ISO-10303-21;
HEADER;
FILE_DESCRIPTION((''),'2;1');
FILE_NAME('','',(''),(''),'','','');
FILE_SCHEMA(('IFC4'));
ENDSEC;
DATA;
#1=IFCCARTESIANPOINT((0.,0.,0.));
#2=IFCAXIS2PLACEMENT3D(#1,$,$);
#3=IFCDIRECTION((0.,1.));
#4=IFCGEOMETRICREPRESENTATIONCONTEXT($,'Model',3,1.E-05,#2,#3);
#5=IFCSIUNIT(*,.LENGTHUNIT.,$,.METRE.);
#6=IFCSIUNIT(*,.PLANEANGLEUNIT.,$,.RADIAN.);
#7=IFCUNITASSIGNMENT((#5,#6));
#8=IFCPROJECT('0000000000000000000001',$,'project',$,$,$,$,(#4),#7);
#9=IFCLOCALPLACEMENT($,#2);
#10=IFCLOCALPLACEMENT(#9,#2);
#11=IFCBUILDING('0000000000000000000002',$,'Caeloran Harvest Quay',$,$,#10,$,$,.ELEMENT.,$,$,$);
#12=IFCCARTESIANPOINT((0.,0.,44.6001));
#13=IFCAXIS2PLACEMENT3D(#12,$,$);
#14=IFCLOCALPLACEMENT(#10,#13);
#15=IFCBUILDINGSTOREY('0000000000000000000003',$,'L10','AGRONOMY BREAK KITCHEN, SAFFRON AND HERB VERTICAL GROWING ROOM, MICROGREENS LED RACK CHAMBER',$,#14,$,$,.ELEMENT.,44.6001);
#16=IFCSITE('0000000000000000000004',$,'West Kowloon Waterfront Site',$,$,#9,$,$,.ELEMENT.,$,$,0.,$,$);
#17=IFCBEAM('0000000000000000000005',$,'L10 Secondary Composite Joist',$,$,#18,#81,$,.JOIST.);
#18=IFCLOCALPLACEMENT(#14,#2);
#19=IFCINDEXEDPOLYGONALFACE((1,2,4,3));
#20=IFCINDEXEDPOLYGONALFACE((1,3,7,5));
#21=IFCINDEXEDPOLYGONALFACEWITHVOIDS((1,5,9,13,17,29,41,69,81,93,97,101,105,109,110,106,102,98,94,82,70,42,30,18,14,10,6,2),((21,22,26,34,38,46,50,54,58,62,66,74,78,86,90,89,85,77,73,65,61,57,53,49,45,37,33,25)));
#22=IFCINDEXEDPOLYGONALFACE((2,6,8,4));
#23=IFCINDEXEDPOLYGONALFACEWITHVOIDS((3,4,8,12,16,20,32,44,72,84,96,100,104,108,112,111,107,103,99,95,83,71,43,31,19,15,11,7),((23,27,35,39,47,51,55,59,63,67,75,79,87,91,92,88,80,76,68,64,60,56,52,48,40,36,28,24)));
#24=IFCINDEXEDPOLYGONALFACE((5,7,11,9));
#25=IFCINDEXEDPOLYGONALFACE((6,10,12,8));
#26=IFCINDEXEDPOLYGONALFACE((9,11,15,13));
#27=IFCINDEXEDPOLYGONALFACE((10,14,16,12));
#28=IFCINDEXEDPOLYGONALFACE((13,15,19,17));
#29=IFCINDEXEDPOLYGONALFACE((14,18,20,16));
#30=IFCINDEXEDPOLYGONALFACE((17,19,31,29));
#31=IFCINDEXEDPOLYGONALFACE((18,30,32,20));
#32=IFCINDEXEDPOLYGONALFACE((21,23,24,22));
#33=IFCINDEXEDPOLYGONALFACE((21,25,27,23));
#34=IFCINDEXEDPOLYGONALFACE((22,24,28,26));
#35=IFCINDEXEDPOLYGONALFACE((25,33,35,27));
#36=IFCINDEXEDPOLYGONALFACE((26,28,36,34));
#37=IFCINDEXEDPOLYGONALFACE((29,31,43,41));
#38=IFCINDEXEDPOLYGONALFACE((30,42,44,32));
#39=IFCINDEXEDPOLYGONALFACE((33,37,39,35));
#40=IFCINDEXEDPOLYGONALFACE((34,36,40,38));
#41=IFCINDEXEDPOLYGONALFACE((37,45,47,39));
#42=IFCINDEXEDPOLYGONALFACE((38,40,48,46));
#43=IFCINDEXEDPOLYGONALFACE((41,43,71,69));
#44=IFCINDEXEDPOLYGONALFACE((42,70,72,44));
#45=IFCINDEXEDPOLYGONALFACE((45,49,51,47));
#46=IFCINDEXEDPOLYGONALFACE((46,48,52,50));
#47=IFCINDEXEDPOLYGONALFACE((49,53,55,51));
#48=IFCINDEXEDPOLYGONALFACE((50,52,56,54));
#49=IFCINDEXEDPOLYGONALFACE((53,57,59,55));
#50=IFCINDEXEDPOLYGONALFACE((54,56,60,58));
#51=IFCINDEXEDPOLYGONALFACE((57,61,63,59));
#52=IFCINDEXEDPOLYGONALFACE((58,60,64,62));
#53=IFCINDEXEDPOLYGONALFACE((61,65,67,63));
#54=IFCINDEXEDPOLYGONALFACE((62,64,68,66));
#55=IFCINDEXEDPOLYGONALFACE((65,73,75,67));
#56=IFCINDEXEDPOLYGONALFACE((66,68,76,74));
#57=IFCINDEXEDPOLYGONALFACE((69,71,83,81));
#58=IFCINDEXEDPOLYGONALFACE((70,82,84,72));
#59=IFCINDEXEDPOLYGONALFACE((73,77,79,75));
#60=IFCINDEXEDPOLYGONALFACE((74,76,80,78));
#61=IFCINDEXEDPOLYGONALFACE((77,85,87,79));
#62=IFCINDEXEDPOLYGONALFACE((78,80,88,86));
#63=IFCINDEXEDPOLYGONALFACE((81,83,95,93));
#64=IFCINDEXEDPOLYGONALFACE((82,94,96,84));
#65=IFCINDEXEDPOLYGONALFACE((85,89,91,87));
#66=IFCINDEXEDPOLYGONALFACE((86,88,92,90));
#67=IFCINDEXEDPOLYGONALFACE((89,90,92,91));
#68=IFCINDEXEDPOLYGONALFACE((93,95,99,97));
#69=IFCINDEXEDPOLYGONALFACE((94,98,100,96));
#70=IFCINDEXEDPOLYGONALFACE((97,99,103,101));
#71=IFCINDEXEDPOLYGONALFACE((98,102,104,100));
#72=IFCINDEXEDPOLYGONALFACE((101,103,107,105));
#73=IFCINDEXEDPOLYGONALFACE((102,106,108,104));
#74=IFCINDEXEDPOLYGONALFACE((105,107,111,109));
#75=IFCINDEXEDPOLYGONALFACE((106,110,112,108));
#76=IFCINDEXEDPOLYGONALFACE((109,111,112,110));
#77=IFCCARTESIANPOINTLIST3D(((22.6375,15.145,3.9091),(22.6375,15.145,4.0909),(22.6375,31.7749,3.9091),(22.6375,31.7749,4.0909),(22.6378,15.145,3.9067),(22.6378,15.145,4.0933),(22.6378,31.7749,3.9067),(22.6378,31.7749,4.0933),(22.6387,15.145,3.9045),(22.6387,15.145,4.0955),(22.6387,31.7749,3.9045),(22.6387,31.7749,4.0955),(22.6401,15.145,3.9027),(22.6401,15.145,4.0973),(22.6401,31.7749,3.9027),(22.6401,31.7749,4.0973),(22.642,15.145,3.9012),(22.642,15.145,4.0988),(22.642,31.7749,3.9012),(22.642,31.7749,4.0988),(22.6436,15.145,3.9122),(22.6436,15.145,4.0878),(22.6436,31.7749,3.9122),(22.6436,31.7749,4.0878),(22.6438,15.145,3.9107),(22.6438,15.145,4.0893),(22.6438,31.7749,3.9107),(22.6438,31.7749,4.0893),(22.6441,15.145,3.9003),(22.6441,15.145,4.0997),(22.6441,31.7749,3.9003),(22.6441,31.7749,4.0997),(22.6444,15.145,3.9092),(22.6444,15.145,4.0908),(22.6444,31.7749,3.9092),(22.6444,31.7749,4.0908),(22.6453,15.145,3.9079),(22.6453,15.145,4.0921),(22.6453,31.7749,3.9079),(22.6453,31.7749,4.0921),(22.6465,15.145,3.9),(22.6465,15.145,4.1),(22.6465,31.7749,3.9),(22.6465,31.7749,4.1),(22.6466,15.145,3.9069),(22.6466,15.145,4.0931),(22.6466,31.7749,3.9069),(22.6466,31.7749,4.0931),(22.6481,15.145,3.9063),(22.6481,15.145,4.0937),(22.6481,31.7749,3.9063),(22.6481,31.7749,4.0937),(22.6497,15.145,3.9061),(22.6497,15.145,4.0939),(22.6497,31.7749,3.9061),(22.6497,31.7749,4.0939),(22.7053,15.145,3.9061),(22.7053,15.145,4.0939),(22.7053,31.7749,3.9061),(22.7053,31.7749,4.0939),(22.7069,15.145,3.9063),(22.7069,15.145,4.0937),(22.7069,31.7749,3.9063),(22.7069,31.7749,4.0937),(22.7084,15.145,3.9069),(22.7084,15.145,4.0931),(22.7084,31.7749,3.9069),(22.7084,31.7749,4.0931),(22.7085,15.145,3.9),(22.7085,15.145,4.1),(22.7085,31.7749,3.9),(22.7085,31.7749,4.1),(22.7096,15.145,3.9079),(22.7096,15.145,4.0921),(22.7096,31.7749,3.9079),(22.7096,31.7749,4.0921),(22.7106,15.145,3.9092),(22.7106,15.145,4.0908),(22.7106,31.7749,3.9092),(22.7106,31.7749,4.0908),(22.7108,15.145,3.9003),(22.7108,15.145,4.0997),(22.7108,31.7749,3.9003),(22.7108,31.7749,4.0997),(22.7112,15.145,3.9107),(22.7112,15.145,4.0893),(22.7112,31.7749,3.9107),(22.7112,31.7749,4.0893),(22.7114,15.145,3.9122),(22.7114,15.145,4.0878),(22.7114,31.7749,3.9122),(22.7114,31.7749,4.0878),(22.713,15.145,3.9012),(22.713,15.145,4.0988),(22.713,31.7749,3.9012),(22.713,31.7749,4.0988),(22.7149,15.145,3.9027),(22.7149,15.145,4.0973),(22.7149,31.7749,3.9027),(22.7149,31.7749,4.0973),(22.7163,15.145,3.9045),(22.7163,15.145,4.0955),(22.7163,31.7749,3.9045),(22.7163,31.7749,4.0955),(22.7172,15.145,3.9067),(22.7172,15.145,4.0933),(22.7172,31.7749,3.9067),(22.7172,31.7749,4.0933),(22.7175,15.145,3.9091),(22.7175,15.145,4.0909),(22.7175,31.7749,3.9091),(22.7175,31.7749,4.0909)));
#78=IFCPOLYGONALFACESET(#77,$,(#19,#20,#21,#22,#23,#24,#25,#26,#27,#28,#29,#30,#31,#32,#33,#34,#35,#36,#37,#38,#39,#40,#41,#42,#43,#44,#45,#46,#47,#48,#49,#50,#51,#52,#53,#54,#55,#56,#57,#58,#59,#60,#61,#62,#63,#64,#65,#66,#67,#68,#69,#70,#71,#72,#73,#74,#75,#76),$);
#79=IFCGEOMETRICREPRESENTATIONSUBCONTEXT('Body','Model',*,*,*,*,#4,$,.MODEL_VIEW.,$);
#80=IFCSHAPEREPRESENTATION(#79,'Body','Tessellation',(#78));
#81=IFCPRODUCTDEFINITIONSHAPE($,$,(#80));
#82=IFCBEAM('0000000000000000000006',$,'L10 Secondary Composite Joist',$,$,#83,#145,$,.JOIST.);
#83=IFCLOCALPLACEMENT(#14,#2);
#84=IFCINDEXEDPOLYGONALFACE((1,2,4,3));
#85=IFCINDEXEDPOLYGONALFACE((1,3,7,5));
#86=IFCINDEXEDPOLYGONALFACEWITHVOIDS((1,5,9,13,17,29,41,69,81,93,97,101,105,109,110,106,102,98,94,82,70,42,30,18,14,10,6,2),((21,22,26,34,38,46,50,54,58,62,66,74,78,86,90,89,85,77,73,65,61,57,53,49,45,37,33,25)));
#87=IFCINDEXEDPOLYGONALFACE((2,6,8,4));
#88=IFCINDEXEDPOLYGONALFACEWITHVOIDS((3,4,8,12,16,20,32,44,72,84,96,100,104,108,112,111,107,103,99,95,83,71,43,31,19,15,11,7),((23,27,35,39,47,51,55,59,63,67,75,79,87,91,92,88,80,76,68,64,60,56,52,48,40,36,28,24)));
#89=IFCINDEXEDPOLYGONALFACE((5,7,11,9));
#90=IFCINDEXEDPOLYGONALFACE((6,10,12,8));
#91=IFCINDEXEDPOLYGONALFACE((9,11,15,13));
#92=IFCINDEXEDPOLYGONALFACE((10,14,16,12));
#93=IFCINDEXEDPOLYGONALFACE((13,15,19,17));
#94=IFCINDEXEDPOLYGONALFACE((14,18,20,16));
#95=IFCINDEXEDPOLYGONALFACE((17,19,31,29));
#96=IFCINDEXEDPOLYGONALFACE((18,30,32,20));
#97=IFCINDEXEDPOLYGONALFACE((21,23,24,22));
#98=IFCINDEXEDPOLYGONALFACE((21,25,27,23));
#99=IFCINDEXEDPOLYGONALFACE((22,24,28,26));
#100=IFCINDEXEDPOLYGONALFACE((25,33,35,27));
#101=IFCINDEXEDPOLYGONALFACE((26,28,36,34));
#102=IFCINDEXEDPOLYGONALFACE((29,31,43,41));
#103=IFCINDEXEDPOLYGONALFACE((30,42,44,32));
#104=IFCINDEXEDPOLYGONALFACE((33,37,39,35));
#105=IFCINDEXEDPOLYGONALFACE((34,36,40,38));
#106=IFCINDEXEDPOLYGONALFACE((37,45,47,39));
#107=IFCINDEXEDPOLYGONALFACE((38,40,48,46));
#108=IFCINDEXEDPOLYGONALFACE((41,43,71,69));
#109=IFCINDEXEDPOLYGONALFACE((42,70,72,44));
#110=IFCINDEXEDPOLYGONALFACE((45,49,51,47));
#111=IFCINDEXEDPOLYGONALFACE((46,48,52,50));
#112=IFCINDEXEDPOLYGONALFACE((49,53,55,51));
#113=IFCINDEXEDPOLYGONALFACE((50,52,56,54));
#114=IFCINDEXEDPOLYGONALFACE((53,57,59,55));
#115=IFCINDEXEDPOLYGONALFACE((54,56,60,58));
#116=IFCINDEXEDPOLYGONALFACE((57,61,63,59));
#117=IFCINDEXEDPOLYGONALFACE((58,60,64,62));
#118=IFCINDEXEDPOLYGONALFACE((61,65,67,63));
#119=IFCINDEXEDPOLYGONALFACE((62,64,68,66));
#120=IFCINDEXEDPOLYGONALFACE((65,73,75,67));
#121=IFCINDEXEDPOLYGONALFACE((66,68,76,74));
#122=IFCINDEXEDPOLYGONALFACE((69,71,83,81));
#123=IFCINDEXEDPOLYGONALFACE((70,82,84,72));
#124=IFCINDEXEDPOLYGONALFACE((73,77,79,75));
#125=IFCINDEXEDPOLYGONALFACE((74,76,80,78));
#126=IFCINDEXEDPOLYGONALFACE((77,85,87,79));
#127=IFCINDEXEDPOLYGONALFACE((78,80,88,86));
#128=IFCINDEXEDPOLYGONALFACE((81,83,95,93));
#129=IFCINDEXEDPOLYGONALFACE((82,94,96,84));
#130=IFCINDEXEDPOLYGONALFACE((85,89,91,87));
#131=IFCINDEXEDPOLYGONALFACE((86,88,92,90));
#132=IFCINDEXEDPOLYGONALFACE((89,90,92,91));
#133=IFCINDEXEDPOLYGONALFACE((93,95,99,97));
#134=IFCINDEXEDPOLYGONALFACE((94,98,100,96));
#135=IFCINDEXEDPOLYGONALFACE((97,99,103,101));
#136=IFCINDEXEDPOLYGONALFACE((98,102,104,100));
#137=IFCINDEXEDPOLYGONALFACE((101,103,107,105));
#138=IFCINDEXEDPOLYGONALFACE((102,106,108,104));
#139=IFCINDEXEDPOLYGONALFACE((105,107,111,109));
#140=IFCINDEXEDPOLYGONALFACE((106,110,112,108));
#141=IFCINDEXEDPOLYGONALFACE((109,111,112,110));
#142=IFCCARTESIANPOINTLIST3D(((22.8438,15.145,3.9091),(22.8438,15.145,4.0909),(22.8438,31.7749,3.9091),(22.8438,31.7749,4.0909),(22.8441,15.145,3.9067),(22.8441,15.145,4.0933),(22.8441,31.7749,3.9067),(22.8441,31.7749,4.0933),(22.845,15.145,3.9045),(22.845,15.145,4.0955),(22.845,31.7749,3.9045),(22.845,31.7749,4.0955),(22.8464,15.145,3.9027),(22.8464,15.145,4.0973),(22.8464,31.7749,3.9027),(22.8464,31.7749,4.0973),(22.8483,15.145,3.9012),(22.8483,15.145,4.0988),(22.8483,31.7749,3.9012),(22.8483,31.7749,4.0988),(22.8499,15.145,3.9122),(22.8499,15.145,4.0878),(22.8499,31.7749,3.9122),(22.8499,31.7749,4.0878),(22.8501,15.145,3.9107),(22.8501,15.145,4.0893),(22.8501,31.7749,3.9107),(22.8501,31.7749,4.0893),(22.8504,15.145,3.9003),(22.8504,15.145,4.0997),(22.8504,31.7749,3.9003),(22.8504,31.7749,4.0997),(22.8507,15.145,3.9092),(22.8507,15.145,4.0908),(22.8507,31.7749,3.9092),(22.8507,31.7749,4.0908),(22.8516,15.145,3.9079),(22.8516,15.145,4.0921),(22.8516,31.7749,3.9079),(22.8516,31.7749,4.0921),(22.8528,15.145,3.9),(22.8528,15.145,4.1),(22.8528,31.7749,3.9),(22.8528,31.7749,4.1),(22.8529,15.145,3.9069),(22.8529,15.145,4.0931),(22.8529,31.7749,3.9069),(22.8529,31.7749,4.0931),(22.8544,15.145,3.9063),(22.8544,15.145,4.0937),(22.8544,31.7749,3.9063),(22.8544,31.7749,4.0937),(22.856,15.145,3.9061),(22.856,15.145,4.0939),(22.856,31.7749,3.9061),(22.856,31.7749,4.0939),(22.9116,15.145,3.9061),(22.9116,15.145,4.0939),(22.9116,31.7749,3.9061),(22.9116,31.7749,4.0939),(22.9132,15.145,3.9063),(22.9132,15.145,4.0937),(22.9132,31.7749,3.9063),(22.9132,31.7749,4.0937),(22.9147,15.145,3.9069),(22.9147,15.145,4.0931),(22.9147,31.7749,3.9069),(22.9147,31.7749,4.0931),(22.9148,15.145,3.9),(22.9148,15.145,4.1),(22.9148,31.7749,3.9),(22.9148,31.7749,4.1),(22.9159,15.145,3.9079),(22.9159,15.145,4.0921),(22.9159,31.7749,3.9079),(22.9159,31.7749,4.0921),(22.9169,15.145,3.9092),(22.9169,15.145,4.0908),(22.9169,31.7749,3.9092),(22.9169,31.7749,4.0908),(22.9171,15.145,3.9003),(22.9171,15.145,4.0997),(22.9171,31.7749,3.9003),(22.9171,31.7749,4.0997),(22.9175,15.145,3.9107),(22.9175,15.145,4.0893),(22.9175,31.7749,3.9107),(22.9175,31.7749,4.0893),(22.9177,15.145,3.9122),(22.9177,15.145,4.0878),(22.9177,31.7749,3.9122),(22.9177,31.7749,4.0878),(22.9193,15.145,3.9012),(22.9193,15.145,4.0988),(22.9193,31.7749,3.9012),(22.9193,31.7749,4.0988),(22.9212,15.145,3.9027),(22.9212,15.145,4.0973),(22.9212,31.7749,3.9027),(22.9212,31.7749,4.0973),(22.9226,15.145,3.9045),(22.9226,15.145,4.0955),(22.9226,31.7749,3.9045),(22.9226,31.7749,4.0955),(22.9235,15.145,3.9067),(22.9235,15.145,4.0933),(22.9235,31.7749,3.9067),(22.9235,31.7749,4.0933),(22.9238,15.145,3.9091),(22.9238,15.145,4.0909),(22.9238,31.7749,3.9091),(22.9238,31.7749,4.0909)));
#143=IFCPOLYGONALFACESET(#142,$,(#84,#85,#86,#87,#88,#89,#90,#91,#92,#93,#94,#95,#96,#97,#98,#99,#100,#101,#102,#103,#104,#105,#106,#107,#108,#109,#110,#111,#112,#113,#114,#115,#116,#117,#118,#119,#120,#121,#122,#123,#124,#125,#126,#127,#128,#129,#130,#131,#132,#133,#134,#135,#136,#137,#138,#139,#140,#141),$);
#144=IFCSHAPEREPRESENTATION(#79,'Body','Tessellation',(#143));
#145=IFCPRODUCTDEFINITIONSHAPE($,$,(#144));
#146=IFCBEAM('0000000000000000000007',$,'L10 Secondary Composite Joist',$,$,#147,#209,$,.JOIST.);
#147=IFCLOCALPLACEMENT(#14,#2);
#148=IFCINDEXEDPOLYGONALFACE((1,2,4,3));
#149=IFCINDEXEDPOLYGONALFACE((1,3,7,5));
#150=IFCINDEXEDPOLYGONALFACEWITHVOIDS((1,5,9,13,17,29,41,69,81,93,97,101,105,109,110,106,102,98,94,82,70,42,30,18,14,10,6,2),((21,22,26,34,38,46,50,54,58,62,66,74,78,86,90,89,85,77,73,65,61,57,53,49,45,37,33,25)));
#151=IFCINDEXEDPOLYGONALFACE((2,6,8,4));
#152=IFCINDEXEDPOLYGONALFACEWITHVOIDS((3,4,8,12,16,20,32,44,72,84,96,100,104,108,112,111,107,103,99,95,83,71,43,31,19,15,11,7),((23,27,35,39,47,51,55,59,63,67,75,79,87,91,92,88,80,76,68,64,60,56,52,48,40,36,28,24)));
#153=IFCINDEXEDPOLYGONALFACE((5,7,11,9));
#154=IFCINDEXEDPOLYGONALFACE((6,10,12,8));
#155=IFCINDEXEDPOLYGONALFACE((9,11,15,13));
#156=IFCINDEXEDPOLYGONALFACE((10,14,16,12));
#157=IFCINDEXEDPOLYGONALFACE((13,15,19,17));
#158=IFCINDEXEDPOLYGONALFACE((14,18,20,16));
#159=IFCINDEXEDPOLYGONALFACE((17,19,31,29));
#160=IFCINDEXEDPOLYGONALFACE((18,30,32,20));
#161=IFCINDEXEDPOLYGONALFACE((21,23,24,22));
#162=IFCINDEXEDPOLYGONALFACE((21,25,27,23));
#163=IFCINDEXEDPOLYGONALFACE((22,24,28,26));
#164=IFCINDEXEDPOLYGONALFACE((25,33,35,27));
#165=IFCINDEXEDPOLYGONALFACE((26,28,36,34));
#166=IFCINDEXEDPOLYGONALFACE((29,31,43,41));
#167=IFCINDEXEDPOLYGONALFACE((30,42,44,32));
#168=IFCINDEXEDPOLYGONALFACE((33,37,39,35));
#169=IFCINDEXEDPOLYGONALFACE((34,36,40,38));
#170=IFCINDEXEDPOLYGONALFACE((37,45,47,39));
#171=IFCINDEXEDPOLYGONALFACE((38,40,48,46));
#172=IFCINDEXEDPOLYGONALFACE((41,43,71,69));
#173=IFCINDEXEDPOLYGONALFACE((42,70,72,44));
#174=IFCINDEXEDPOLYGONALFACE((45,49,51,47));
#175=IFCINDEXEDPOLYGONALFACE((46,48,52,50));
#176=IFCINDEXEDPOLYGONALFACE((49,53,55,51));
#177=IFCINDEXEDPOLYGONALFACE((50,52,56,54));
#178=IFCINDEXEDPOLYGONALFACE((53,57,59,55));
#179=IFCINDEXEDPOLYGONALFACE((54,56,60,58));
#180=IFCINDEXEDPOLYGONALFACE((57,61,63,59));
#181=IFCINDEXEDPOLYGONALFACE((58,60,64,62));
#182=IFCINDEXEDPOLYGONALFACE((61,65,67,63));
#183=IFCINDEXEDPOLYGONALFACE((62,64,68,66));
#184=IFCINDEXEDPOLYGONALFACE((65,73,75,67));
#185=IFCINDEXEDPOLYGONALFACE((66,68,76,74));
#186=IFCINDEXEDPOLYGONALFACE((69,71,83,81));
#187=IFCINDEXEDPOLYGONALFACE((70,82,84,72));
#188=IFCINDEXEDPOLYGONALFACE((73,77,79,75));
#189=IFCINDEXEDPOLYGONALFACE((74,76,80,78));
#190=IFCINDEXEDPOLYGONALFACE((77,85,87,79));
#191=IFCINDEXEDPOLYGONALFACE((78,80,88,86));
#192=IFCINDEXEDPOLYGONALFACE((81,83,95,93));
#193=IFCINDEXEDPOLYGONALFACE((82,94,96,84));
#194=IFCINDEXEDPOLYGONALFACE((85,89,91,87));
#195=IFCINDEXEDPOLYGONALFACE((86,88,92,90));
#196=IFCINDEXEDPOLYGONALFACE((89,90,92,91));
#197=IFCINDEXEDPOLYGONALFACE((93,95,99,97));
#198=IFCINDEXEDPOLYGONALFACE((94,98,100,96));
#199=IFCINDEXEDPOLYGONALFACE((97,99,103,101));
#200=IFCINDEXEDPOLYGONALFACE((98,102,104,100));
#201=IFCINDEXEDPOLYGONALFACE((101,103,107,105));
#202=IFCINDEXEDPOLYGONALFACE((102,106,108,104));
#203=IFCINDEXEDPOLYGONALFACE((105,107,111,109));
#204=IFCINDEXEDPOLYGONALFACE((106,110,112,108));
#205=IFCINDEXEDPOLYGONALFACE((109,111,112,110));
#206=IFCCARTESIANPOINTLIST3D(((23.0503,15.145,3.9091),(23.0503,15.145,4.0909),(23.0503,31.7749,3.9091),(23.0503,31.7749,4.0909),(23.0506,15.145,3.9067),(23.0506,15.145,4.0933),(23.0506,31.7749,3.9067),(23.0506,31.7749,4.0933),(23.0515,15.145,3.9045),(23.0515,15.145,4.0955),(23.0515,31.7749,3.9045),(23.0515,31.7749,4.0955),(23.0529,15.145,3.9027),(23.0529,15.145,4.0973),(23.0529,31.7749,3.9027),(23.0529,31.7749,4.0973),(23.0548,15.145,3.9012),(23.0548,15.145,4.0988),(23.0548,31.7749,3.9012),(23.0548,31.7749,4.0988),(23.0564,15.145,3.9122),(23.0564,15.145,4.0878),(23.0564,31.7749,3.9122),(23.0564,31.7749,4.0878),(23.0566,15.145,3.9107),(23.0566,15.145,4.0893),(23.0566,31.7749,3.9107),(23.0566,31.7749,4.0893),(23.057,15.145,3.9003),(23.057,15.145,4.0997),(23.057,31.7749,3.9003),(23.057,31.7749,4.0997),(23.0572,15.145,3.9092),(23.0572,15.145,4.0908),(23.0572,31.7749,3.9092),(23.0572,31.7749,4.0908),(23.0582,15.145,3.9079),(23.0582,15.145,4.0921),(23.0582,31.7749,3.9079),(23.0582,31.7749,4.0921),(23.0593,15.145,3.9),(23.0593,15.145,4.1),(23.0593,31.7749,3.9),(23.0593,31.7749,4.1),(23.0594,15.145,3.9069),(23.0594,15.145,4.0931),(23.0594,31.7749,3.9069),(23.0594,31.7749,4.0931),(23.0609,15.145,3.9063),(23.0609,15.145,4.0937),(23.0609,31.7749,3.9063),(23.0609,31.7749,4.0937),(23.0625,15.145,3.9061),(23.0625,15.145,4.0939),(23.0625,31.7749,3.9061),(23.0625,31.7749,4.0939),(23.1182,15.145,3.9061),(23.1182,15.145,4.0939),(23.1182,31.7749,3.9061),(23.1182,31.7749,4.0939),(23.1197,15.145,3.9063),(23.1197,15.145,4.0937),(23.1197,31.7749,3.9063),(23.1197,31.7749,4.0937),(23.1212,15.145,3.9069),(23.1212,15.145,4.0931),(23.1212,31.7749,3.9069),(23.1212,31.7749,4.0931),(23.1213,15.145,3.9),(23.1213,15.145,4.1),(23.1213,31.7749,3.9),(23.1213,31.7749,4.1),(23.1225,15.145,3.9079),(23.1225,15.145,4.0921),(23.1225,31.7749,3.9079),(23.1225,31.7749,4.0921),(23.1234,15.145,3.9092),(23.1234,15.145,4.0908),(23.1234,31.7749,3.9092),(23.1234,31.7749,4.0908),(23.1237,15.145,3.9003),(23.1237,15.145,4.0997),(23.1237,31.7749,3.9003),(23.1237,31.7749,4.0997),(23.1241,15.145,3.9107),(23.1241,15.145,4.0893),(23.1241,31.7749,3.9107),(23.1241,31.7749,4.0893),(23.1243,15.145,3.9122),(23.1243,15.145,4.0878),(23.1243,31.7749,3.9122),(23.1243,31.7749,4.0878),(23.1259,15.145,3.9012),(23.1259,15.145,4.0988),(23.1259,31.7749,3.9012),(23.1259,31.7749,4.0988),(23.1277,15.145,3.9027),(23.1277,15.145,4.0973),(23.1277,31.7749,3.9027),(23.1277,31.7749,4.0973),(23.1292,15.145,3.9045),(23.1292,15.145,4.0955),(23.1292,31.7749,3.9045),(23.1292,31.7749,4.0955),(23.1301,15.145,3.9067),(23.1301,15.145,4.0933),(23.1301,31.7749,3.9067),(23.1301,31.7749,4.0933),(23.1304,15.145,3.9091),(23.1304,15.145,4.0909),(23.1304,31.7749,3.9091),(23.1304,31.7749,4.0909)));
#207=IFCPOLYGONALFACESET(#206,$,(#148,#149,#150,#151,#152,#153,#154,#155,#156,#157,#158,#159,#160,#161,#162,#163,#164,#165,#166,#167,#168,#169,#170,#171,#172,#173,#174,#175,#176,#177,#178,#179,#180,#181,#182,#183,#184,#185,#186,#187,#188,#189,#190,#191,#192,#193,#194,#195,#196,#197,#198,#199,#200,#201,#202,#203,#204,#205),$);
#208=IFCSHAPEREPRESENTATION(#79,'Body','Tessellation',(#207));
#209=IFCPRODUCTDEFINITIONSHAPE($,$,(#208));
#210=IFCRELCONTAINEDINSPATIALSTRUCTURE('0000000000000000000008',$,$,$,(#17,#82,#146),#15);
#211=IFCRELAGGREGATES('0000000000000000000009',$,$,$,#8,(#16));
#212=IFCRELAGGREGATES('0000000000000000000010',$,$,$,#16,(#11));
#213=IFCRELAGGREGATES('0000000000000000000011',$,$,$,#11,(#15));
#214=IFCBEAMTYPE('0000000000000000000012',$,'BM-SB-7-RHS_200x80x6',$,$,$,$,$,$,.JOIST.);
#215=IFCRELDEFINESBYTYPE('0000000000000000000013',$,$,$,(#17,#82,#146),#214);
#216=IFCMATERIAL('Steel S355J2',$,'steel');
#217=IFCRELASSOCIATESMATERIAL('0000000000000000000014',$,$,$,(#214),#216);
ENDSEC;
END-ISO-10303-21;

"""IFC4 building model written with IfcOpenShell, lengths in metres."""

from ifc_helpers import new_model, si_unit, direction, frame, origin, origin_2d, place, context, subcontext, project, spatial, hollow_rectangle, extrude, material, material_profile, profile_set, type_object, element, save


model = new_model("IFC4")

# Units and contexts
model_context = context("Model", 3, precision=1e-05, world=origin(), true_north=direction((0.0, 1.0)))
body_context = subcontext(model_context, "Body", "Model", "MODEL_VIEW")
ifc_project = project(units=[si_unit("LENGTHUNIT", "METRE"), si_unit("PLANEANGLEUNIT", "RADIAN")], contexts=[model_context])

# Site, building, storey
site_placement = place(None, origin())
site = spatial("IfcSite", under=ifc_project, at=site_placement, Name="West Kowloon Waterfront Site", CompositionType="ELEMENT", RefElevation=0.0)
building_placement = place(site_placement, origin())
building = spatial("IfcBuilding", under=site, at=building_placement, Name="Caeloran Harvest Quay", CompositionType="ELEMENT")
storey_placement = place(building_placement, frame((0.0, 0.0, 44.6001)))
storey = spatial("IfcBuildingStorey", under=building, at=storey_placement, Name="L10", Description="AGRONOMY BREAK KITCHEN, SAFFRON AND HERB VERTICAL GROWING ROOM, MICROGREENS LED RACK CHAMBER", CompositionType="ELEMENT", Elevation=44.6001)

# Beams
ifc_material_1 = material(Name="Steel S355J2", Category="steel")
ifc_material_profile_1 = material_profile(ifc_material_1, hollow_rectangle(XDim=0.0801, YDim=0.2, WallThickness=0.0061, InnerFilletRadius=0.0061, OuterFilletRadius=0.009, at=origin_2d()), Name="RHS 200x80x6")
ifc_profile_set_1 = profile_set([ifc_material_profile_1], Name="Steel S355J2")
beam_type_1 = type_object("IfcBeamType", Name="BM-SB-7-RHS_200x80x6", PredefinedType="JOIST", material=ifc_profile_set_1)
for number, where, z_axis, x_axis, name in (
    (1, (22.6775, 15.145, 4.0), (0.0, 1.0, 0.0), (-1.0, 0.0, 0.0), "L10 Secondary Composite Joist"),
    (2, (22.8838, 15.145, 4.0), (0.0, 1.0, 0.0), (-1.0, 0.0, 0.0), "L10 Secondary Composite Joist"),
    (3, (23.0903, 15.145, 4.0), (0.0, 1.0, 0.0), (-1.0, 0.0, 0.0), "L10 Secondary Composite Joist"),
):
    element("IfcBeam", number, at=place(storey_placement, frame(where, z_axis=z_axis, x_axis=x_axis)), inside=storey, type_object=beam_type_1, Name=name, PredefinedType="JOIST", context=body_context, shape_type="SweptSolid", body=[
        extrude(hollow_rectangle(XDim=0.0801, YDim=0.2, WallThickness=0.0061, InnerFilletRadius=0.0061, OuterFilletRadius=0.009, at=origin_2d()), origin(), (0.0, 0.0, 1.0), 16.6299),
    ])

save(model, "model.ifc")
